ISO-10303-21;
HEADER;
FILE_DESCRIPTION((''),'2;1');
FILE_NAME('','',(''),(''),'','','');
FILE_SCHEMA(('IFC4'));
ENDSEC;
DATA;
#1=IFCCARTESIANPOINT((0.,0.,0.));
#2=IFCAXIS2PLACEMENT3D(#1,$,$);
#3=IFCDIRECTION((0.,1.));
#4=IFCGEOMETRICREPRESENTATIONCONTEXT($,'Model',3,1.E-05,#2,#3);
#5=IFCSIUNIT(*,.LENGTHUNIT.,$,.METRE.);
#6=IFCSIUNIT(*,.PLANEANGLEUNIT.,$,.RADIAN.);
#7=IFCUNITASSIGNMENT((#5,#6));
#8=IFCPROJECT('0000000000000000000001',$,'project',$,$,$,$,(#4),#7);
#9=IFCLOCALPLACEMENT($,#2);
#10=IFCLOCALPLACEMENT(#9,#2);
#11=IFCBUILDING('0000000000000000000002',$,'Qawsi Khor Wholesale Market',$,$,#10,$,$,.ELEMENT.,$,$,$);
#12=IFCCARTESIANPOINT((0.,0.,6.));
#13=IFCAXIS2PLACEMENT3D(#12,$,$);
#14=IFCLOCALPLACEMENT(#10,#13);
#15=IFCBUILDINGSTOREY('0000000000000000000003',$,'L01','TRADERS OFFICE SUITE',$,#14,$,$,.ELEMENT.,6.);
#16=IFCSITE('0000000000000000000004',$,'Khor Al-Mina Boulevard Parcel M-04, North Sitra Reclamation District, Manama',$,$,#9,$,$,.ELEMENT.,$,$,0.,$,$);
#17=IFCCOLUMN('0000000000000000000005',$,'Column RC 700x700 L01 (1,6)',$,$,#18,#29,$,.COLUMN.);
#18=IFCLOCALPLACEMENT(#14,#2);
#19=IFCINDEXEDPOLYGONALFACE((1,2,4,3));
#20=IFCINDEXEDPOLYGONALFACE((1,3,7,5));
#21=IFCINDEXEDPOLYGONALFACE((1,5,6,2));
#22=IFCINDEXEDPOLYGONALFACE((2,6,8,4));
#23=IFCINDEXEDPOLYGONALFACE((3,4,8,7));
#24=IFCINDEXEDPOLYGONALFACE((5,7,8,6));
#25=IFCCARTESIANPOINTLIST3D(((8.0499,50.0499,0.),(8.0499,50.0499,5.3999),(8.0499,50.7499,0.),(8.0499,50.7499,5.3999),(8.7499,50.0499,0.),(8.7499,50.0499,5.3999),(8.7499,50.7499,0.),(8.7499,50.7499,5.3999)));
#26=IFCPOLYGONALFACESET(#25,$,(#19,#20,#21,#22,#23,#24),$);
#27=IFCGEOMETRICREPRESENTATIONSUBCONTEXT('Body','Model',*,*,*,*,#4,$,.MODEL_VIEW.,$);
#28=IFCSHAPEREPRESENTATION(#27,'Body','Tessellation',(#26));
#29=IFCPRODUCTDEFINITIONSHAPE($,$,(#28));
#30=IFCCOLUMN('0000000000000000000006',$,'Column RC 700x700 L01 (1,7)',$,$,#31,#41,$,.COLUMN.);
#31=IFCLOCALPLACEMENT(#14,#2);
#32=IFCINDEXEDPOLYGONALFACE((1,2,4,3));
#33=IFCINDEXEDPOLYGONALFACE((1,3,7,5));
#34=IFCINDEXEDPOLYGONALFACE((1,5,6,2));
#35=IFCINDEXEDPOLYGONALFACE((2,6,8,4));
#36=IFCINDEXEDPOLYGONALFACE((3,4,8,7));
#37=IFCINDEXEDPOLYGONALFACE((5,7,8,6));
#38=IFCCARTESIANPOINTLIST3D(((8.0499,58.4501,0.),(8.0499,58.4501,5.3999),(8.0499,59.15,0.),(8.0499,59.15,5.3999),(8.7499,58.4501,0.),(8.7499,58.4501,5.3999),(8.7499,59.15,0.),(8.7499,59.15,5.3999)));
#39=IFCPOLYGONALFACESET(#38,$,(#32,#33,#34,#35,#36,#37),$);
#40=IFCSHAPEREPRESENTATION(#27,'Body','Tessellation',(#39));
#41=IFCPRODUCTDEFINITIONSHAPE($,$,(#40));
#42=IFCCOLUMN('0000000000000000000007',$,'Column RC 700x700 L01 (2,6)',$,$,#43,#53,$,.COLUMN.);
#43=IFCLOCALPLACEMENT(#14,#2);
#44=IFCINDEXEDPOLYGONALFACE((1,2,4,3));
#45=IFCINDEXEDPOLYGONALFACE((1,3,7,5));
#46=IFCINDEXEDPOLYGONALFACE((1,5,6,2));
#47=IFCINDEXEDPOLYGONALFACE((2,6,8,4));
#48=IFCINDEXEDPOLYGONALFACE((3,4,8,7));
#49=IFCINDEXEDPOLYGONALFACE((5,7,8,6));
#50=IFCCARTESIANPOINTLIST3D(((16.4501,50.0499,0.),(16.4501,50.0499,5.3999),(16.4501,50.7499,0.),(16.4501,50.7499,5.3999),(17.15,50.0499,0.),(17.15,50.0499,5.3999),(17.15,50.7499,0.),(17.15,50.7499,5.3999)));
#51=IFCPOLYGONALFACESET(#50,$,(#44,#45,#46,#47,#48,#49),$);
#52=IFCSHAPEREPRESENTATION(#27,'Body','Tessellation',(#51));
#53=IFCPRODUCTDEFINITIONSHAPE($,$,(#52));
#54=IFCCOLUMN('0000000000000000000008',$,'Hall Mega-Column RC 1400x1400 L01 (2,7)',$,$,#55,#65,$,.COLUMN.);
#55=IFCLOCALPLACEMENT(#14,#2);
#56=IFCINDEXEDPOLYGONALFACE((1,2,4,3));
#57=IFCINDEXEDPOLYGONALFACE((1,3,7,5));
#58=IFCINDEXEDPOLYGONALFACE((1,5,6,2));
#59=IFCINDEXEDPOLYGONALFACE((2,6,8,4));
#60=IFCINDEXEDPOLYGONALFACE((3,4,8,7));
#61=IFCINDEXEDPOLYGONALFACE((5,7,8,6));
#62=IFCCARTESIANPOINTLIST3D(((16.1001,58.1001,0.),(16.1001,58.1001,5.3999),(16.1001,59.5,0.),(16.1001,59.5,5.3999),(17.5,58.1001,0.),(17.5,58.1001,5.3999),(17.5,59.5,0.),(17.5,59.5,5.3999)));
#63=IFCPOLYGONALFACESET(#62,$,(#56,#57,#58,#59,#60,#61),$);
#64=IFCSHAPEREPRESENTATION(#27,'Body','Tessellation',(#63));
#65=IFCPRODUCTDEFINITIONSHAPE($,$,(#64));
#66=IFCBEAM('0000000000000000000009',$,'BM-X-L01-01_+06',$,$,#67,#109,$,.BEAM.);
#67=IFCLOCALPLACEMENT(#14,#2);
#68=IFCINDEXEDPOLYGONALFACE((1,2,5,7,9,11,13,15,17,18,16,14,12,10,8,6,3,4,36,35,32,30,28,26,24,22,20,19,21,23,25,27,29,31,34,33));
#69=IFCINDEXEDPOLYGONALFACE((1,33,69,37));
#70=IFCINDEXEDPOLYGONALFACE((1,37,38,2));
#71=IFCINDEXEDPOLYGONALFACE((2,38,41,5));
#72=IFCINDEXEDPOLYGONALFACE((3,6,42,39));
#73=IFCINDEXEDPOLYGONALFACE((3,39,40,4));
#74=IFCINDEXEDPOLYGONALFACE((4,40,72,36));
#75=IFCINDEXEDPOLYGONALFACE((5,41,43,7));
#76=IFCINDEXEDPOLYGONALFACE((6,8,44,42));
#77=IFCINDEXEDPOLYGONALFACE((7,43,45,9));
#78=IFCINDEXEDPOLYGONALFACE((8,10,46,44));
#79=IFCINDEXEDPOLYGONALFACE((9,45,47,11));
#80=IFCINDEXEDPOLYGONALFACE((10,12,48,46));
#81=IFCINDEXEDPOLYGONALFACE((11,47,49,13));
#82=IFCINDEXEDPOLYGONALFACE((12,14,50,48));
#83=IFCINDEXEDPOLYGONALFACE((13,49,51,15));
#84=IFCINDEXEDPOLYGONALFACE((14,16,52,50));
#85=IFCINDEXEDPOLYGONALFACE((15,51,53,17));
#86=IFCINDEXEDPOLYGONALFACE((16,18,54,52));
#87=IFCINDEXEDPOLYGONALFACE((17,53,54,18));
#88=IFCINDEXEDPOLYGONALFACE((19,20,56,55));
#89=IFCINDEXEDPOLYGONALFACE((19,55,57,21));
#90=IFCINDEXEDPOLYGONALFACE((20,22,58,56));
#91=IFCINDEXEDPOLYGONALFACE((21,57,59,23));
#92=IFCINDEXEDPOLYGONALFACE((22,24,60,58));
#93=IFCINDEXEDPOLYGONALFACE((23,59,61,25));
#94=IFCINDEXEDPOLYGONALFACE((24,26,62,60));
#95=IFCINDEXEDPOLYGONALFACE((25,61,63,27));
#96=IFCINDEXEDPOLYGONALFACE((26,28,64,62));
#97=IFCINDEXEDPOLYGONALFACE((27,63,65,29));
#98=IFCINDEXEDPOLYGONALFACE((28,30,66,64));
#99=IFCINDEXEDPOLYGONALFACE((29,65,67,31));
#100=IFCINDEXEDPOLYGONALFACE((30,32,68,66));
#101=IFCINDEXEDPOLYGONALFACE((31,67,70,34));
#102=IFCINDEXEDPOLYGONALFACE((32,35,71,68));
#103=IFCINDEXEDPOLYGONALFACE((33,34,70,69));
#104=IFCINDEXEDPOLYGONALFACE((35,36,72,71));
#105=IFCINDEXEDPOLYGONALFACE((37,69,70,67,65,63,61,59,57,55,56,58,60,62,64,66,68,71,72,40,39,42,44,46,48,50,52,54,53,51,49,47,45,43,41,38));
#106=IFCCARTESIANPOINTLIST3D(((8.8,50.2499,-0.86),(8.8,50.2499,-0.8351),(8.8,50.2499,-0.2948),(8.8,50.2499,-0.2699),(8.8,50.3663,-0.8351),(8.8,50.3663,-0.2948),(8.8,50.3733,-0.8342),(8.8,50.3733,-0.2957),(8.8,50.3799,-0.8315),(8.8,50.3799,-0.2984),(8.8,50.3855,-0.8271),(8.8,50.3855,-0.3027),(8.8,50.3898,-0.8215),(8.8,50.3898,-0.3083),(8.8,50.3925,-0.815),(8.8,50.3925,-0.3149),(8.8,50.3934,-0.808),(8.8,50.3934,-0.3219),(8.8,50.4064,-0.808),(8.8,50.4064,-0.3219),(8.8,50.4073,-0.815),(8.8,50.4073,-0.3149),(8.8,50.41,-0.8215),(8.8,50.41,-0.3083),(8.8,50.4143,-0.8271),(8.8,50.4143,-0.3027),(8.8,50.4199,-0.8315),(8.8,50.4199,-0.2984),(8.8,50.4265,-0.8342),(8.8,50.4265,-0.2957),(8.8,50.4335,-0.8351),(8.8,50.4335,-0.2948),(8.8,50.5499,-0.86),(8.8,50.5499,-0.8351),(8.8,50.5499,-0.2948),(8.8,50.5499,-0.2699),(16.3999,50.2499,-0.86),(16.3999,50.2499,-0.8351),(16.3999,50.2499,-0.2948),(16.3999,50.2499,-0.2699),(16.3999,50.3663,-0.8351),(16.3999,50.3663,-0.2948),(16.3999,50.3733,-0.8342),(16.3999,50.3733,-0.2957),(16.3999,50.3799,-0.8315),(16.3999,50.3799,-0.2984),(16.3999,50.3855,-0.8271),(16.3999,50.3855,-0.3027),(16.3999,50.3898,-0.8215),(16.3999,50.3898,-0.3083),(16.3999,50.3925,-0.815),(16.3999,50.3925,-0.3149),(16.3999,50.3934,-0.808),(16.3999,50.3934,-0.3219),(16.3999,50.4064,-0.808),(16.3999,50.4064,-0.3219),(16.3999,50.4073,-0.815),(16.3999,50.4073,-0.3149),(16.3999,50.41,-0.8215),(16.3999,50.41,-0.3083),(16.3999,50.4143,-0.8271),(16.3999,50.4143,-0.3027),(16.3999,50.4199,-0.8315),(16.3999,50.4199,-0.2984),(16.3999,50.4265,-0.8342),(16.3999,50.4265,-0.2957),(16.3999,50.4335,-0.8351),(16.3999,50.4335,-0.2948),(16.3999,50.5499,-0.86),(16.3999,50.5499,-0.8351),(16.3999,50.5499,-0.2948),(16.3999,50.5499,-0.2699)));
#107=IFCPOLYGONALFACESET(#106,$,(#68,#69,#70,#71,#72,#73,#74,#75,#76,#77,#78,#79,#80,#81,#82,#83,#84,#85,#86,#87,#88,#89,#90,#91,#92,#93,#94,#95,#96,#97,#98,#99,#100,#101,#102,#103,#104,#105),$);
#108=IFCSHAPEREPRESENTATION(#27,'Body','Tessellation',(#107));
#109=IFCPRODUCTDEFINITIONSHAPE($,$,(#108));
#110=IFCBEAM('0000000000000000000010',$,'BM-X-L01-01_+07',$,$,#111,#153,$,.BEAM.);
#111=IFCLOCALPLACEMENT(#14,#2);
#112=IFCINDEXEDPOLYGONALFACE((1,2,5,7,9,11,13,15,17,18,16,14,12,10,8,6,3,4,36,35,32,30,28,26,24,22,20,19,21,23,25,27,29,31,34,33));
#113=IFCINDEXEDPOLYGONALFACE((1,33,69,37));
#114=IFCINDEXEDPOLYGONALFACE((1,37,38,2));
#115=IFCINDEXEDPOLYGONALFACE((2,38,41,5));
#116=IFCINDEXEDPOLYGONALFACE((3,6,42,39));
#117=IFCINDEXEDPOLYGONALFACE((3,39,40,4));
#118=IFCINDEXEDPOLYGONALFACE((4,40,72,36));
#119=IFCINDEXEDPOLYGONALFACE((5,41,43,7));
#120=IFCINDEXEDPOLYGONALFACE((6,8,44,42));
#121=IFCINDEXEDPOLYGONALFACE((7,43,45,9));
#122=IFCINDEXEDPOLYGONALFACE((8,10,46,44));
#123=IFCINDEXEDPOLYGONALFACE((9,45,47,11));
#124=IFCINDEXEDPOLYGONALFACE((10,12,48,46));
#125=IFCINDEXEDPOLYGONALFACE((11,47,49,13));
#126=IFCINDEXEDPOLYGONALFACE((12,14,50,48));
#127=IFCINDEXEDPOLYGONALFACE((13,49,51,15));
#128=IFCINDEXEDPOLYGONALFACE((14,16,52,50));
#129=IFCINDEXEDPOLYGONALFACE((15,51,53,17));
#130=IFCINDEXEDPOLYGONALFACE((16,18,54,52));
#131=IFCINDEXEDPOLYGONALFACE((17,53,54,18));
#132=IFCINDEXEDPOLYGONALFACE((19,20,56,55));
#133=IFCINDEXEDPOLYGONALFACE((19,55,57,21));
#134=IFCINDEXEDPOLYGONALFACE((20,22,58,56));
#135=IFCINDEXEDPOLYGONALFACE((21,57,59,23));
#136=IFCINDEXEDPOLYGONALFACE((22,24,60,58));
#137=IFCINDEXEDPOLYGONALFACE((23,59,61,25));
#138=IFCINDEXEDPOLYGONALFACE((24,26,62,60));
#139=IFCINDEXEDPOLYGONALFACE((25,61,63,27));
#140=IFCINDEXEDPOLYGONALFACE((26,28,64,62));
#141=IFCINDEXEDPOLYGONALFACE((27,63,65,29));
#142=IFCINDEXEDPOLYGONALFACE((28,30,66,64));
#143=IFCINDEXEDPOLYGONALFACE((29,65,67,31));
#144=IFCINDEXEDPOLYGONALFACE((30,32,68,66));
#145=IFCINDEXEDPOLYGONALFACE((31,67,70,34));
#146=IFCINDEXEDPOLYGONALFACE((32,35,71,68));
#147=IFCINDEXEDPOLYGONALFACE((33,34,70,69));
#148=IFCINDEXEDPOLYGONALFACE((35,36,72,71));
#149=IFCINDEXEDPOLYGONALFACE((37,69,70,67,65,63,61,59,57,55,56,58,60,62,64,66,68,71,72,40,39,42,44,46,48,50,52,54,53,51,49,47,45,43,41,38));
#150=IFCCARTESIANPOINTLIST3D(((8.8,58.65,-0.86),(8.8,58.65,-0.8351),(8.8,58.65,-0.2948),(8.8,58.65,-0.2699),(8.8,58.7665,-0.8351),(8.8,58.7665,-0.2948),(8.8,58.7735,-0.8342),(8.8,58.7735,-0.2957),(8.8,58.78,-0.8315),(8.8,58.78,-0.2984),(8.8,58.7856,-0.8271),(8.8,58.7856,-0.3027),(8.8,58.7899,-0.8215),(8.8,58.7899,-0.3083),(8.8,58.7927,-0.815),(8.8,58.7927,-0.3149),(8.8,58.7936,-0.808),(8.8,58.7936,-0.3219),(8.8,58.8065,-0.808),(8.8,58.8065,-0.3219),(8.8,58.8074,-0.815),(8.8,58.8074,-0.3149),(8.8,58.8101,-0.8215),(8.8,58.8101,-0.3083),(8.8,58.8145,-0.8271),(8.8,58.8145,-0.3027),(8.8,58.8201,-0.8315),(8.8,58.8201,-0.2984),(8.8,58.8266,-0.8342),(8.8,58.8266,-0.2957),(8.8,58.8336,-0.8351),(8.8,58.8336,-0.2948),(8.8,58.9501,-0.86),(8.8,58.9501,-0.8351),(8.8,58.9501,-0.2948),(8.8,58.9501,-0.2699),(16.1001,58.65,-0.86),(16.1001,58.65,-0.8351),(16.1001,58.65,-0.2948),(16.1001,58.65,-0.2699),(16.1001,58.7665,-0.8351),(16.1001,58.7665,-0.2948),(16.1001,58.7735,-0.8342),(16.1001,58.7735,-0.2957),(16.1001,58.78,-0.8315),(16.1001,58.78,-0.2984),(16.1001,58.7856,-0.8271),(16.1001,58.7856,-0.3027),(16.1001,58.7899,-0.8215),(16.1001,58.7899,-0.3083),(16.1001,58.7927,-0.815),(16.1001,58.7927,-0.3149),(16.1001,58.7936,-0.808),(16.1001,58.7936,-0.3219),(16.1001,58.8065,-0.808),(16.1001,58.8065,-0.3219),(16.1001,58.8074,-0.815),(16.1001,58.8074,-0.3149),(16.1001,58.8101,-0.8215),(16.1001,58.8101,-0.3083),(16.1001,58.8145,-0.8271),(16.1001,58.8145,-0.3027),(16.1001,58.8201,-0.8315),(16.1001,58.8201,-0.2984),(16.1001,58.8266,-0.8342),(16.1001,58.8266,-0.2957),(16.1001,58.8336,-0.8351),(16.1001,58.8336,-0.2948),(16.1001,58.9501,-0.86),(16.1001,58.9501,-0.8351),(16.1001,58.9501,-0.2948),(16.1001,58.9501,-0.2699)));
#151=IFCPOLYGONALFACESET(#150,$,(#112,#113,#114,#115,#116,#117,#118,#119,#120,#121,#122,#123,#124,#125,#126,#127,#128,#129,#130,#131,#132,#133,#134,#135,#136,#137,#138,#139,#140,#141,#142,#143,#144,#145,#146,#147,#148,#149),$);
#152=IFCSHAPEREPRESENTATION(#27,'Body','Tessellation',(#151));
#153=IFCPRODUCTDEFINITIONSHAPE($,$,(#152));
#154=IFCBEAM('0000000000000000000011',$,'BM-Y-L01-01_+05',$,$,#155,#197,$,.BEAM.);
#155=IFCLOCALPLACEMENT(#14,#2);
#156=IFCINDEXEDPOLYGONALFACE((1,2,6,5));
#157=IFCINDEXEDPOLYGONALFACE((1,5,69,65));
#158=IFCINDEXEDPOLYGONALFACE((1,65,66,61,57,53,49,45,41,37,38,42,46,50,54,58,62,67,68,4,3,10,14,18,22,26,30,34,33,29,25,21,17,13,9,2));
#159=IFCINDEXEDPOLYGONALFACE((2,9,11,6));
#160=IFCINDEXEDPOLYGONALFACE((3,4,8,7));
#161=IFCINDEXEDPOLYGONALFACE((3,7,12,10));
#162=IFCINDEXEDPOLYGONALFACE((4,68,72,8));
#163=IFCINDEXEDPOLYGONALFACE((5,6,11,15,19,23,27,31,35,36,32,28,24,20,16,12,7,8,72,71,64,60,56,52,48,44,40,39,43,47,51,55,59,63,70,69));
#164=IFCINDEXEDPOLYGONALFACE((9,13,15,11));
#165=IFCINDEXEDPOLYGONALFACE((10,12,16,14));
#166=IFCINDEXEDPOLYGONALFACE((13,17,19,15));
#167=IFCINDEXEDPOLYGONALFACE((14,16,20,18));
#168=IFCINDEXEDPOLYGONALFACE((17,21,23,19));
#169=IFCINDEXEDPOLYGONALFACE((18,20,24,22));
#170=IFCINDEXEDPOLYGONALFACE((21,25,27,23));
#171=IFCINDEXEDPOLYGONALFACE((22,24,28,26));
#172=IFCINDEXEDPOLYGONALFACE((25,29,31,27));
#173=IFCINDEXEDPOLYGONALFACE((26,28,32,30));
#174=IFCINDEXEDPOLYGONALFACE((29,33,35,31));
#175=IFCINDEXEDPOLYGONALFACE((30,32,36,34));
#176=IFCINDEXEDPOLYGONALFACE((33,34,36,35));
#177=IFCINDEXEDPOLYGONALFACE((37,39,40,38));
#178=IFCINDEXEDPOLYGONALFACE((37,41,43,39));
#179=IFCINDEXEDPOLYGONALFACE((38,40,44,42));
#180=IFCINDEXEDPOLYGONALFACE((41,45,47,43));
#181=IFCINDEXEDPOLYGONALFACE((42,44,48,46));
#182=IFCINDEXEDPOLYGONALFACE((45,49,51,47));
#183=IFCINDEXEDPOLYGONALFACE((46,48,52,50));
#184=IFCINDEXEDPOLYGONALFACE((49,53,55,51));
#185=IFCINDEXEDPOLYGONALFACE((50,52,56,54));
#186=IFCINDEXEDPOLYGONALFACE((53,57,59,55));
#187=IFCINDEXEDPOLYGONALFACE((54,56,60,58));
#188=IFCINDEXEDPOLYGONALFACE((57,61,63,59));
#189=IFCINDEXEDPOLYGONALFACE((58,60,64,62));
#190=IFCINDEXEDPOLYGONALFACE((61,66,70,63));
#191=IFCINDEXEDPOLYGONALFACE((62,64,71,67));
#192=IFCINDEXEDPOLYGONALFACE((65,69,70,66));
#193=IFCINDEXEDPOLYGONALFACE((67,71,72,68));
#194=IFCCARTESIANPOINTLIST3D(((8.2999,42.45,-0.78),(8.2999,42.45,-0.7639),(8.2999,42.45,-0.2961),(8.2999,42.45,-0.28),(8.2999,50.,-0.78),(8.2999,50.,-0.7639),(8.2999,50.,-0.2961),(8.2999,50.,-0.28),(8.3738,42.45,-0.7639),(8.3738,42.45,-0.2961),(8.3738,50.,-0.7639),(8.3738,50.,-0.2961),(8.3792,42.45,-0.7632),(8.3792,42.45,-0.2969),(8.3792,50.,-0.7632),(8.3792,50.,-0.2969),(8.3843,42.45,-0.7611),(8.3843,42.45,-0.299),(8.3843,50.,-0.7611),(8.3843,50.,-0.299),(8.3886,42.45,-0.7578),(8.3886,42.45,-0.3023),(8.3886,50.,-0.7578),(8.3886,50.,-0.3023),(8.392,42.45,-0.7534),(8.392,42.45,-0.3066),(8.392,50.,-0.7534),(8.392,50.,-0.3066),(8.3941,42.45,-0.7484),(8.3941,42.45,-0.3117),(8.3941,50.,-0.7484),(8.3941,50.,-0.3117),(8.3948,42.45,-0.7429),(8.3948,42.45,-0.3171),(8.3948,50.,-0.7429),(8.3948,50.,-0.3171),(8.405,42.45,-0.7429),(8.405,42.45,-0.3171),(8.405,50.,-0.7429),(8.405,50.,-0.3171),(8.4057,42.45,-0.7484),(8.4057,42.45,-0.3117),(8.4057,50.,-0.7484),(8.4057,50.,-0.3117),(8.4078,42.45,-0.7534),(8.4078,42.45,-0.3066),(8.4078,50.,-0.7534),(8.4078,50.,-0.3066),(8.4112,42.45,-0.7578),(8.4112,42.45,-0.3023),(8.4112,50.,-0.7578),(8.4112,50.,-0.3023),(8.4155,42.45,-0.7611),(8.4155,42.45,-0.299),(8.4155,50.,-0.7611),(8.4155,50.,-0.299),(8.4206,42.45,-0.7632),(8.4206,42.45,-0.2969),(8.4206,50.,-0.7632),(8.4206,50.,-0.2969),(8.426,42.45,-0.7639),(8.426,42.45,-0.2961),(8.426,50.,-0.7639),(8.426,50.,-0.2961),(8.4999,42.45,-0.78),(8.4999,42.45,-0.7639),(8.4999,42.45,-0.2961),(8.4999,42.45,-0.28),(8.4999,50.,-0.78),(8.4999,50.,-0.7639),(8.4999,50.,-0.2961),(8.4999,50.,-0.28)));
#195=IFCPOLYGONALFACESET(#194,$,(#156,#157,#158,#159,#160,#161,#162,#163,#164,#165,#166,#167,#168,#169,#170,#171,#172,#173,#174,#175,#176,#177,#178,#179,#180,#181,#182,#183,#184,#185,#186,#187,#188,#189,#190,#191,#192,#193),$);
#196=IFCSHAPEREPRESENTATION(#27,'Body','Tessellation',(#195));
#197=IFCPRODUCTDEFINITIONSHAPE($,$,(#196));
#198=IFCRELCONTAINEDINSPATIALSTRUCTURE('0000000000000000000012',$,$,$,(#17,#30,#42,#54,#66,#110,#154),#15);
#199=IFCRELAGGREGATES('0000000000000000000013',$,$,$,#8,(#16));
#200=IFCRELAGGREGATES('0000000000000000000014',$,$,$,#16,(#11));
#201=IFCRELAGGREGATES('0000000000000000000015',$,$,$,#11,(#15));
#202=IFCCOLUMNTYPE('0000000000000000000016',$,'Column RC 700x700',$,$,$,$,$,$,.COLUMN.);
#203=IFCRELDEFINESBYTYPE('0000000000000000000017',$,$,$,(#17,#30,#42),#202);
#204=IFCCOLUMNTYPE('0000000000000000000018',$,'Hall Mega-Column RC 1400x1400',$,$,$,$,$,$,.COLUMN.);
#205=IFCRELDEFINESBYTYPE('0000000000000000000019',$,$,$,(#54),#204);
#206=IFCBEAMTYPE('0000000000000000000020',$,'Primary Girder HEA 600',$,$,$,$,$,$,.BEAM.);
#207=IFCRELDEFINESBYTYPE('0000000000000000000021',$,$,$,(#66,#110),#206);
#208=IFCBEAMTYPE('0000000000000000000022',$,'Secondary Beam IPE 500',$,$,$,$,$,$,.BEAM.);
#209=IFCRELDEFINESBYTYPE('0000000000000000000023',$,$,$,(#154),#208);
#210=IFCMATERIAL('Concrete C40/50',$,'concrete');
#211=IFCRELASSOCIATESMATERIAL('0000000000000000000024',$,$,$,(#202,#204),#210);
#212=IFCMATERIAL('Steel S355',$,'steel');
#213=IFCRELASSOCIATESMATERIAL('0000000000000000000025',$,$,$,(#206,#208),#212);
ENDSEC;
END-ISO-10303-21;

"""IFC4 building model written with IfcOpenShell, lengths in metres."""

from ifc_helpers import new_model, si_unit, direction, frame, origin, origin_2d, place, context, subcontext, project, spatial, rectangle, i_section, extrude, material, material_profile, profile_set, type_object, element, save


model = new_model("IFC4")

# Units and contexts
model_context = context("Model", 3, precision=1e-05, world=origin(), true_north=direction((0.0, 1.0)))
body_context = subcontext(model_context, "Body", "Model", "MODEL_VIEW")
ifc_project = project(units=[si_unit("LENGTHUNIT", "METRE"), si_unit("PLANEANGLEUNIT", "RADIAN")], contexts=[model_context])

# Site, building, storey
site_placement = place(None, origin())
site = spatial("IfcSite", under=ifc_project, at=site_placement, Name="Khor Al-Mina Boulevard Parcel M-04, North Sitra Reclamation District, Manama", CompositionType="ELEMENT", RefElevation=0.0)
building_placement = place(site_placement, origin())
building = spatial("IfcBuilding", under=site, at=building_placement, Name="Qawsi Khor Wholesale Market", CompositionType="ELEMENT")
storey_placement = place(building_placement, frame((0.0, 0.0, 6.0)))
storey = spatial("IfcBuildingStorey", under=building, at=storey_placement, Name="L01", Description="TRADERS OFFICE SUITE", CompositionType="ELEMENT", Elevation=6.0)

# Columns
ifc_material_1 = material(Name="Concrete C40/50", Category="concrete")
ifc_material_profile_1 = material_profile(ifc_material_1, rectangle(XDim=0.7, YDim=0.7, at=origin_2d()), Name="RC 700x700")
ifc_profile_set_1 = profile_set([ifc_material_profile_1], Name="Concrete C40/50")
column_type_1 = type_object("IfcColumnType", Name="Column RC 700x700", PredefinedType="COLUMN", material=ifc_profile_set_1)
for number, where, z_axis, x_axis, name in (
    (1, (8.3999, 50.3999, 0.0), (0.0, 0.0, 1.0), (1.0, 0.0, 0.0), "Column RC 700x700 L01 (1,6)"),
    (2, (8.3999, 58.8, 0.0), (0.0, 0.0, 1.0), (1.0, 0.0, 0.0), "Column RC 700x700 L01 (1,7)"),
    (3, (16.8, 50.3999, 0.0), (0.0, 0.0, 1.0), (1.0, 0.0, 0.0), "Column RC 700x700 L01 (2,6)"),
):
    element("IfcColumn", number, at=place(storey_placement, frame(where, z_axis=z_axis, x_axis=x_axis)), inside=storey, type_object=column_type_1, Name=name, PredefinedType="COLUMN", context=body_context, shape_type="SweptSolid", body=[
        extrude(rectangle(XDim=0.7, YDim=0.7, at=origin_2d()), origin(), (0.0, 0.0, 1.0), 5.3999),
    ])
ifc_material_profile_2 = material_profile(ifc_material_1, rectangle(XDim=1.3999, YDim=1.3999, at=origin_2d()), Name="RC 1400x1400")
ifc_profile_set_2 = profile_set([ifc_material_profile_2], Name="Concrete C40/50")
column_type_2 = type_object("IfcColumnType", Name="Hall Mega-Column RC 1400x1400", PredefinedType="COLUMN", material=ifc_profile_set_2)
column_placement = place(storey_placement, frame((16.8, 58.8, 0.0), z_axis=(0.0, 0.0, 1.0), x_axis=(1.0, 0.0, 0.0)))
element("IfcColumn", 4, at=column_placement, inside=storey, type_object=column_type_2, Name="Hall Mega-Column RC 1400x1400 L01 (2,7)", PredefinedType="COLUMN", context=body_context, shape_type="SweptSolid", body=[
    extrude(rectangle(XDim=1.3999, YDim=1.3999, at=origin_2d()), origin(), (0.0, 0.0, 1.0), 5.3999),
])

# Beams
ifc_material_2 = material(Name="Steel S355", Category="steel")
ifc_material_profile_3 = material_profile(ifc_material_2, i_section(OverallWidth=0.3, OverallDepth=0.5901, WebThickness=0.0129, FlangeThickness=0.0249, FilletRadius=0.0271, at=origin_2d()), Name="HEA 600")
ifc_profile_set_3 = profile_set([ifc_material_profile_3], Name="Steel S355")
beam_type_1 = type_object("IfcBeamType", Name="Primary Girder HEA 600", PredefinedType="BEAM", material=ifc_profile_set_3)
beam_1_placement = place(storey_placement, frame((8.8, 50.3999, -0.5649), z_axis=(1.0, 0.0, 0.0), x_axis=(0.0, 1.0, 0.0)))
element("IfcBeam", 5, at=beam_1_placement, inside=storey, type_object=beam_type_1, Name="BM-X-L01-01_+06", PredefinedType="BEAM", context=body_context, shape_type="SweptSolid", body=[
    extrude(i_section(OverallWidth=0.3, OverallDepth=0.5901, WebThickness=0.0129, FlangeThickness=0.0249, FilletRadius=0.0271, at=origin_2d()), origin(), (0.0, 0.0, 1.0), 7.5999),
])
beam_2_placement = place(storey_placement, frame((8.8, 58.8, -0.5649), z_axis=(1.0, 0.0, 0.0), x_axis=(0.0, 1.0, 0.0)))
element("IfcBeam", 6, at=beam_2_placement, inside=storey, type_object=beam_type_1, Name="BM-X-L01-01_+07", PredefinedType="BEAM", context=body_context, shape_type="SweptSolid", body=[
    extrude(i_section(OverallWidth=0.3, OverallDepth=0.5901, WebThickness=0.0129, FlangeThickness=0.0249, FilletRadius=0.0271, at=origin_2d()), origin(), (0.0, 0.0, 1.0), 7.3),
])
ifc_material_profile_4 = material_profile(ifc_material_2, i_section(OverallWidth=0.2, OverallDepth=0.5, WebThickness=0.0103, FlangeThickness=0.0161, FilletRadius=0.021, at=origin_2d()), Name="IPE 500")
ifc_profile_set_4 = profile_set([ifc_material_profile_4], Name="Steel S355")
beam_type_2 = type_object("IfcBeamType", Name="Secondary Beam IPE 500", PredefinedType="BEAM", material=ifc_profile_set_4)
beam_3_placement = place(storey_placement, frame((8.3999, 42.45, -0.53), z_axis=(0.0, 1.0, 0.0), x_axis=(-1.0, 0.0, 0.0)))
element("IfcBeam", 7, at=beam_3_placement, inside=storey, type_object=beam_type_2, Name="BM-Y-L01-01_+05", PredefinedType="BEAM", context=body_context, shape_type="SweptSolid", body=[
    extrude(i_section(OverallWidth=0.2, OverallDepth=0.5, WebThickness=0.0103, FlangeThickness=0.0161, FilletRadius=0.021, at=origin_2d()), origin(), (0.0, 0.0, 1.0), 7.55),
])

save(model, "model.ifc")
